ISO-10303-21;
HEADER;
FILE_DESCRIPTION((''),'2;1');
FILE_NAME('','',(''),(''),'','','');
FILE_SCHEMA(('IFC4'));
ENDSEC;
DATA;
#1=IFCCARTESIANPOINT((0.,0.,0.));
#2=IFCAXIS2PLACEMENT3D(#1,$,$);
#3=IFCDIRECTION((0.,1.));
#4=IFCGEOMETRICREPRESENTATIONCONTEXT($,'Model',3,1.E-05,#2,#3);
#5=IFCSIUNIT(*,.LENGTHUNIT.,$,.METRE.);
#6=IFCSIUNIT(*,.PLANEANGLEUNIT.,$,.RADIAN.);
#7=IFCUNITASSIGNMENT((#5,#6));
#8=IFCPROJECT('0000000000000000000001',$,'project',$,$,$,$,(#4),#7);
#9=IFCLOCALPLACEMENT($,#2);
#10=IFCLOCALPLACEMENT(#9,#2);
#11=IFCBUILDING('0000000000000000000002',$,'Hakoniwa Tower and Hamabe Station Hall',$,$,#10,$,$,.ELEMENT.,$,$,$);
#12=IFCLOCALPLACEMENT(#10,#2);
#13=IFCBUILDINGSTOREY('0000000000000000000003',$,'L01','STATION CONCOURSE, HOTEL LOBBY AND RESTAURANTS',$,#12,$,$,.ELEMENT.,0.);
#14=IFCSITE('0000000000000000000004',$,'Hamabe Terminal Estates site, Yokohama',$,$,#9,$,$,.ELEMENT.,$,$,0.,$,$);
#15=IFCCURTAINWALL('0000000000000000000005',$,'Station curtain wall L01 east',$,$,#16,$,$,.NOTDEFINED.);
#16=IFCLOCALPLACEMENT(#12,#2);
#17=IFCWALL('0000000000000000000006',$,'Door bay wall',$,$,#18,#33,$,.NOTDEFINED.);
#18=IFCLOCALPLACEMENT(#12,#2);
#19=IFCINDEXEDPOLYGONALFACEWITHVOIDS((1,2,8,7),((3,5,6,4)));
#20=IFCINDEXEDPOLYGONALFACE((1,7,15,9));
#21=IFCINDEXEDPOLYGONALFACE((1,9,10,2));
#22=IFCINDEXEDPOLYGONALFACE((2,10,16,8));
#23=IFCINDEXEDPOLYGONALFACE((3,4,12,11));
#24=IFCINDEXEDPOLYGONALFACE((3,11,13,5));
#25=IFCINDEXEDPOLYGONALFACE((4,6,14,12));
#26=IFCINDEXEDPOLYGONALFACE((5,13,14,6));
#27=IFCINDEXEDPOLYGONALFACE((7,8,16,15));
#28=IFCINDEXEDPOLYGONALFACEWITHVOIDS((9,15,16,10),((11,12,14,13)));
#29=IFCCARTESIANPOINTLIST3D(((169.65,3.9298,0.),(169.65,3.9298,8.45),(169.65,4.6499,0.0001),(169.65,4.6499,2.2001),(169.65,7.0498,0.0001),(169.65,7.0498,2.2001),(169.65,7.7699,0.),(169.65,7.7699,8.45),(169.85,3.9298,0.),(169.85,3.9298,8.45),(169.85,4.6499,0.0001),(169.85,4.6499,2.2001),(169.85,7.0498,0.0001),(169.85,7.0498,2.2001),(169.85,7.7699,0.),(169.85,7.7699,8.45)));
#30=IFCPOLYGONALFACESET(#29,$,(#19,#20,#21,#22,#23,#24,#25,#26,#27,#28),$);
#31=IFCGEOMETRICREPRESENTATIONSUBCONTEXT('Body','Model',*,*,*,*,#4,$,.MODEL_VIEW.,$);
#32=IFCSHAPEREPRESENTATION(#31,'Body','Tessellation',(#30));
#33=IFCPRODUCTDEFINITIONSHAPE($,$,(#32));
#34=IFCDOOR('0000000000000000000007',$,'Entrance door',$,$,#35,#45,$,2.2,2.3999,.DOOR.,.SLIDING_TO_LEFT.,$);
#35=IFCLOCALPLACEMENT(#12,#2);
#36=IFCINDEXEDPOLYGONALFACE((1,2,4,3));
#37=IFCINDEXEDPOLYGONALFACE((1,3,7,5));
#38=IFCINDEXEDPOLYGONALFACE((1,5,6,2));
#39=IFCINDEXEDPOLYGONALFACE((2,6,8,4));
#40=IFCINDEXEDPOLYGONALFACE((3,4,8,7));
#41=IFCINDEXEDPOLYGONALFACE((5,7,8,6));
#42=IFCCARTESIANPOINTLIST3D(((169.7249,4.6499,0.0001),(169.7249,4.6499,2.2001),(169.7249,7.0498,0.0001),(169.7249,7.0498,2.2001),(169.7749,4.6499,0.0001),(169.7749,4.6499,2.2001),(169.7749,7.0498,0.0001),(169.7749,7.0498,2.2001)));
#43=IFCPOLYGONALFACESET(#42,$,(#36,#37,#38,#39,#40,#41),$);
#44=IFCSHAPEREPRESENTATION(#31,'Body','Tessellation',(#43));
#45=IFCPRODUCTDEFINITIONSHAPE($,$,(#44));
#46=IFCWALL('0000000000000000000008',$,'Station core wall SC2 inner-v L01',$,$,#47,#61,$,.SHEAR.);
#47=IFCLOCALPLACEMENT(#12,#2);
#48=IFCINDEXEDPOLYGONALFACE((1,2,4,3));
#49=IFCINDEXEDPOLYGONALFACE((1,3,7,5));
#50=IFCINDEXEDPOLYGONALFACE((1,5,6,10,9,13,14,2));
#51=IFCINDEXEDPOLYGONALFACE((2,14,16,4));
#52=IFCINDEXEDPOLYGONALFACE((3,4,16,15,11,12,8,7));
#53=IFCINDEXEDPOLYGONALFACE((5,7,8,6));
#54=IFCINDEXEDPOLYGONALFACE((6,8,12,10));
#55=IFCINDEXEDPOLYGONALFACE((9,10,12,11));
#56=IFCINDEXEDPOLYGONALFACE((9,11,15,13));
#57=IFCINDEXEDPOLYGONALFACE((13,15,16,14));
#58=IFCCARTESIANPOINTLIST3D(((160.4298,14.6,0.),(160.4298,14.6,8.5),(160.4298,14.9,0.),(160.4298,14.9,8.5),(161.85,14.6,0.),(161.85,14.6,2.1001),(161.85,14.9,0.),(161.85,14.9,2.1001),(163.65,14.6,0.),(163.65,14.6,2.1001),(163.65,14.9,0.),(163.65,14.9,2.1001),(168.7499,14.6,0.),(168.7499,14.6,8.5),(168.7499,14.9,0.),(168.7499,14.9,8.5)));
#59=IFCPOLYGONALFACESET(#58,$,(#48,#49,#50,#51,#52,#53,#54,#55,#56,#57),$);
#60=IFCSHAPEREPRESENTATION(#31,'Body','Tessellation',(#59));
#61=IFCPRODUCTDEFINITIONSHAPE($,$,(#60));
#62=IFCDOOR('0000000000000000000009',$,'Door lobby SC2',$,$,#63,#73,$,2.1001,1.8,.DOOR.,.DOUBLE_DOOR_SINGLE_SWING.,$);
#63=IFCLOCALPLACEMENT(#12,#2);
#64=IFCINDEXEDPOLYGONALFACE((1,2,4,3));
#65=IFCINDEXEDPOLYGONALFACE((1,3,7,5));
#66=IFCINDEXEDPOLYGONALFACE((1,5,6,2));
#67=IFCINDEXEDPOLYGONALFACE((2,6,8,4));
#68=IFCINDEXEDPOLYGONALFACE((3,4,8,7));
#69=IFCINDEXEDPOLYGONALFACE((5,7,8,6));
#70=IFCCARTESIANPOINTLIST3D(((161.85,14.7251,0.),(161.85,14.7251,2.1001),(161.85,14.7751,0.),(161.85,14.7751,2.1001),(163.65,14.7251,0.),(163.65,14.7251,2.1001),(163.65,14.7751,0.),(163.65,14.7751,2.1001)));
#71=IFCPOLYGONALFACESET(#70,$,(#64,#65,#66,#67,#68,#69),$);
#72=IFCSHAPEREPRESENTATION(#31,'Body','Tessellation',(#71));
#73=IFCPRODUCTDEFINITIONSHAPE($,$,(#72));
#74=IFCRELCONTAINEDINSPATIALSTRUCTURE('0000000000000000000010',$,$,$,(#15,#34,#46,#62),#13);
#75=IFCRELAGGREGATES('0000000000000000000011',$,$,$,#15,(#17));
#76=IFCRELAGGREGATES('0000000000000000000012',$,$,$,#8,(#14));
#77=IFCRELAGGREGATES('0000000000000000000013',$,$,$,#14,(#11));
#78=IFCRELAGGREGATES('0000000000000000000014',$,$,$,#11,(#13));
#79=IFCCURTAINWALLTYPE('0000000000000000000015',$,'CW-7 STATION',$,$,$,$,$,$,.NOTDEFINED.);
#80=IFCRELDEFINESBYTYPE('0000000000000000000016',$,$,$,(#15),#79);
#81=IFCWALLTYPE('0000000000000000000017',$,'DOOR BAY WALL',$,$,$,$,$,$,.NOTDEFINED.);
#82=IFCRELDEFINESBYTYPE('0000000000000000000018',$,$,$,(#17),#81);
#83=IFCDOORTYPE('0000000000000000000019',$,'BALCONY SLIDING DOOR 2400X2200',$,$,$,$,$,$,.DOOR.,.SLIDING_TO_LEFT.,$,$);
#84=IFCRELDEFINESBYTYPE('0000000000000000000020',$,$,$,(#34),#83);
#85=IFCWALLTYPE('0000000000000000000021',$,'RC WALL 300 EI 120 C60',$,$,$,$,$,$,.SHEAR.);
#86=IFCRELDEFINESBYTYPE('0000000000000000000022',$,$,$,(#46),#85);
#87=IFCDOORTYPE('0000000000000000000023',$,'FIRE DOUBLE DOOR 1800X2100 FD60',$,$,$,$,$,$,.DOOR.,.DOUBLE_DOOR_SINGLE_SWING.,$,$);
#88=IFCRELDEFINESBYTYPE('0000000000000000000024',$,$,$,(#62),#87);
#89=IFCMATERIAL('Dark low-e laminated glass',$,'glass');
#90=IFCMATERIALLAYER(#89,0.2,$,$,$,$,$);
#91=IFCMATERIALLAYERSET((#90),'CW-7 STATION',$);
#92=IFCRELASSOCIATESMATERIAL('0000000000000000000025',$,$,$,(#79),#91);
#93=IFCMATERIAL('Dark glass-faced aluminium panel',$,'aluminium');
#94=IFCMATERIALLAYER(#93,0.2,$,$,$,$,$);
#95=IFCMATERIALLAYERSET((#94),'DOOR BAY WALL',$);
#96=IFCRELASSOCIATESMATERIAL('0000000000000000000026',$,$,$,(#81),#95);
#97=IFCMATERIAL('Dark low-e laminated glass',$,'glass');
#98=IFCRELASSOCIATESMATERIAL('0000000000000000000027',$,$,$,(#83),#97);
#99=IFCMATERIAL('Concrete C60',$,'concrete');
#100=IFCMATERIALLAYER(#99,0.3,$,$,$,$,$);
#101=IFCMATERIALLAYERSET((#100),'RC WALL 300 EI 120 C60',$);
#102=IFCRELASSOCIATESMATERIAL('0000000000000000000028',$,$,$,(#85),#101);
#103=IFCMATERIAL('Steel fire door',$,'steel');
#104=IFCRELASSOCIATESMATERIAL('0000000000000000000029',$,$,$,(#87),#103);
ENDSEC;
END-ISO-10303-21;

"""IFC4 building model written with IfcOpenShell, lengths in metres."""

from ifc_helpers import new_model, si_unit, direction, frame, frame_2d, origin, place, context, subcontext, project, spatial, rectangle, extrude, material, layer, layer_set, type_object, element, fill, aggregate, save


model = new_model("IFC4")

# Units and contexts
model_context = context("Model", 3, precision=1e-05, world=origin(), true_north=direction((0.0, 1.0)))
body_context = subcontext(model_context, "Body", "Model", "MODEL_VIEW")
ifc_project = project(units=[si_unit("LENGTHUNIT", "METRE"), si_unit("PLANEANGLEUNIT", "RADIAN")], contexts=[model_context])

# Site, building, storey
site_placement = place(None, origin())
site = spatial("IfcSite", under=ifc_project, at=site_placement, Name="Hamabe Terminal Estates site, Yokohama", CompositionType="ELEMENT", RefElevation=0.0)
building_placement = place(site_placement, origin())
building = spatial("IfcBuilding", under=site, at=building_placement, Name="Hakoniwa Tower and Hamabe Station Hall", CompositionType="ELEMENT")
storey_placement = place(building_placement, origin())
storey = spatial("IfcBuildingStorey", under=building, at=storey_placement, Name="L01", Description="STATION CONCOURSE, HOTEL LOBBY AND RESTAURANTS", CompositionType="ELEMENT", Elevation=0.0)

# Curtain wall, wall, opening, door
ifc_material_1 = material(Name="Dark low-e laminated glass", Category="glass")
ifc_layer_1 = layer(ifc_material_1, 0.2)
ifc_layer_set_1 = layer_set([ifc_layer_1], Name="CW-7 STATION")
curtain_wall_type = type_object("IfcCurtainWallType", Name="CW-7 STATION", PredefinedType="NOTDEFINED", material=ifc_layer_set_1)
curtain_wall_placement = place(storey_placement, origin())
curtain_wall = element("IfcCurtainWall", 1, at=curtain_wall_placement, inside=storey, type_object=curtain_wall_type, Name="Station curtain wall L01 east", PredefinedType="NOTDEFINED")
ifc_material_2 = material(Name="Dark glass-faced aluminium panel", Category="aluminium")
ifc_layer_2 = layer(ifc_material_2, 0.2)
ifc_layer_set_2 = layer_set([ifc_layer_2], Name="DOOR BAY WALL")
wall_type_1 = type_object("IfcWallType", Name="DOOR BAY WALL", PredefinedType="NOTDEFINED", material=ifc_layer_set_2)
wall_1_placement = place(storey_placement, frame((169.75, 3.9299, 0.0), z_axis=(0.0, 0.0, 1.0), x_axis=(0.0, 1.0, 0.0)))
wall_1 = element("IfcWall", 2, at=wall_1_placement, type_object=wall_type_1, Name="Door bay wall", PredefinedType="NOTDEFINED", context=body_context, shape_type="SweptSolid", body=[
    extrude(rectangle(XDim=3.8401, YDim=0.2, at=frame_2d((1.9199, 0.0))), origin(), (0.0, 0.0, 1.0), 8.45),
])
opening_1_placement = place(wall_1_placement, frame((0.72, 0.0, 0.0)))
opening_1 = element("IfcOpeningElement", 3, at=opening_1_placement, cuts=wall_1, PredefinedType="OPENING", context=body_context, shape_type="SweptSolid", body=[
    extrude(rectangle(XDim=2.3999, YDim=2.2, at=frame_2d((1.2, 1.1001))), frame((0.0, 0.1099, 0.0), z_axis=(0.0, -1.0, 0.0), x_axis=(1.0, 0.0, 0.0)), (0.0, 0.0, 1.0), 0.22),
])
ifc_material_3 = material(Name="Dark low-e laminated glass", Category="glass")
door_type_1 = type_object("IfcDoorType", Name="BALCONY SLIDING DOOR 2400X2200", OperationType="SLIDING_TO_LEFT", PredefinedType="DOOR", material=ifc_material_3)
door_1_placement = place(opening_1_placement, frame((2.3999, 0.0, 0.0), z_axis=(0.0, 0.0, 1.0), x_axis=(-1.0, 0.0, 0.0)))
door_1 = element("IfcDoor", 4, at=door_1_placement, inside=storey, type_object=door_type_1, Name="Entrance door", OperationType="SLIDING_TO_LEFT", OverallHeight=2.2, OverallWidth=2.3999, PredefinedType="DOOR", context=body_context, shape_type="SweptSolid", body=[
    extrude(rectangle(XDim=2.3999, YDim=2.2, at=frame_2d((1.2, 1.1001))), frame((0.0, 0.0249, 0.0), z_axis=(0.0, -1.0, 0.0), x_axis=(1.0, 0.0, 0.0)), (0.0, 0.0, 1.0), 0.05),
])
fill(opening_1, door_1)
aggregate(curtain_wall, [wall_1])

# Wall, opening, door
ifc_material_4 = material(Name="Concrete C60", Category="concrete")
ifc_layer_3 = layer(ifc_material_4, 0.3)
ifc_layer_set_3 = layer_set([ifc_layer_3], Name="RC WALL 300 EI 120 C60")
wall_type_2 = type_object("IfcWallType", Name="RC WALL 300 EI 120 C60", PredefinedType="SHEAR", material=ifc_layer_set_3)
wall_2_placement = place(storey_placement, frame((168.75, 14.75, 0.0), z_axis=(0.0, 0.0, 1.0), x_axis=(-1.0, 0.0, 0.0)))
wall_2 = element("IfcWall", 5, at=wall_2_placement, inside=storey, type_object=wall_type_2, Name="Station core wall SC2 inner-v L01", PredefinedType="SHEAR", context=body_context, shape_type="SweptSolid", body=[
    extrude(rectangle(XDim=8.3201, YDim=0.3, at=frame_2d((4.1602, 0.0))), origin(), (0.0, 0.0, 1.0), 8.5),
])
opening_2_placement = place(wall_2_placement, frame((5.1001, 0.0, 0.0)))
opening_2 = element("IfcOpeningElement", 6, at=opening_2_placement, cuts=wall_2, PredefinedType="OPENING", context=body_context, shape_type="SweptSolid", body=[
    extrude(rectangle(XDim=1.8, YDim=2.1001, at=frame_2d((0.8999, 1.05))), frame((0.0, 0.1599, 0.0), z_axis=(0.0, -1.0, 0.0), x_axis=(1.0, 0.0, 0.0)), (0.0, 0.0, 1.0), 0.3201),
])
ifc_material_5 = material(Name="Steel fire door", Category="steel")
door_type_2 = type_object("IfcDoorType", Name="FIRE DOUBLE DOOR 1800X2100 FD60", OperationType="DOUBLE_DOOR_SINGLE_SWING", PredefinedType="DOOR", material=ifc_material_5)
door_2_placement = place(opening_2_placement, origin())
door_2 = element("IfcDoor", 7, at=door_2_placement, inside=storey, type_object=door_type_2, Name="Door lobby SC2", OperationType="DOUBLE_DOOR_SINGLE_SWING", OverallHeight=2.1001, OverallWidth=1.8, PredefinedType="DOOR", context=body_context, shape_type="SweptSolid", body=[
    extrude(rectangle(XDim=1.8, YDim=2.1001, at=frame_2d((0.8999, 1.05))), frame((0.0, 0.0249, 0.0), z_axis=(0.0, -1.0, 0.0), x_axis=(1.0, 0.0, 0.0)), (0.0, 0.0, 1.0), 0.05),
])
fill(opening_2, door_2)

save(model, "model.ifc")
